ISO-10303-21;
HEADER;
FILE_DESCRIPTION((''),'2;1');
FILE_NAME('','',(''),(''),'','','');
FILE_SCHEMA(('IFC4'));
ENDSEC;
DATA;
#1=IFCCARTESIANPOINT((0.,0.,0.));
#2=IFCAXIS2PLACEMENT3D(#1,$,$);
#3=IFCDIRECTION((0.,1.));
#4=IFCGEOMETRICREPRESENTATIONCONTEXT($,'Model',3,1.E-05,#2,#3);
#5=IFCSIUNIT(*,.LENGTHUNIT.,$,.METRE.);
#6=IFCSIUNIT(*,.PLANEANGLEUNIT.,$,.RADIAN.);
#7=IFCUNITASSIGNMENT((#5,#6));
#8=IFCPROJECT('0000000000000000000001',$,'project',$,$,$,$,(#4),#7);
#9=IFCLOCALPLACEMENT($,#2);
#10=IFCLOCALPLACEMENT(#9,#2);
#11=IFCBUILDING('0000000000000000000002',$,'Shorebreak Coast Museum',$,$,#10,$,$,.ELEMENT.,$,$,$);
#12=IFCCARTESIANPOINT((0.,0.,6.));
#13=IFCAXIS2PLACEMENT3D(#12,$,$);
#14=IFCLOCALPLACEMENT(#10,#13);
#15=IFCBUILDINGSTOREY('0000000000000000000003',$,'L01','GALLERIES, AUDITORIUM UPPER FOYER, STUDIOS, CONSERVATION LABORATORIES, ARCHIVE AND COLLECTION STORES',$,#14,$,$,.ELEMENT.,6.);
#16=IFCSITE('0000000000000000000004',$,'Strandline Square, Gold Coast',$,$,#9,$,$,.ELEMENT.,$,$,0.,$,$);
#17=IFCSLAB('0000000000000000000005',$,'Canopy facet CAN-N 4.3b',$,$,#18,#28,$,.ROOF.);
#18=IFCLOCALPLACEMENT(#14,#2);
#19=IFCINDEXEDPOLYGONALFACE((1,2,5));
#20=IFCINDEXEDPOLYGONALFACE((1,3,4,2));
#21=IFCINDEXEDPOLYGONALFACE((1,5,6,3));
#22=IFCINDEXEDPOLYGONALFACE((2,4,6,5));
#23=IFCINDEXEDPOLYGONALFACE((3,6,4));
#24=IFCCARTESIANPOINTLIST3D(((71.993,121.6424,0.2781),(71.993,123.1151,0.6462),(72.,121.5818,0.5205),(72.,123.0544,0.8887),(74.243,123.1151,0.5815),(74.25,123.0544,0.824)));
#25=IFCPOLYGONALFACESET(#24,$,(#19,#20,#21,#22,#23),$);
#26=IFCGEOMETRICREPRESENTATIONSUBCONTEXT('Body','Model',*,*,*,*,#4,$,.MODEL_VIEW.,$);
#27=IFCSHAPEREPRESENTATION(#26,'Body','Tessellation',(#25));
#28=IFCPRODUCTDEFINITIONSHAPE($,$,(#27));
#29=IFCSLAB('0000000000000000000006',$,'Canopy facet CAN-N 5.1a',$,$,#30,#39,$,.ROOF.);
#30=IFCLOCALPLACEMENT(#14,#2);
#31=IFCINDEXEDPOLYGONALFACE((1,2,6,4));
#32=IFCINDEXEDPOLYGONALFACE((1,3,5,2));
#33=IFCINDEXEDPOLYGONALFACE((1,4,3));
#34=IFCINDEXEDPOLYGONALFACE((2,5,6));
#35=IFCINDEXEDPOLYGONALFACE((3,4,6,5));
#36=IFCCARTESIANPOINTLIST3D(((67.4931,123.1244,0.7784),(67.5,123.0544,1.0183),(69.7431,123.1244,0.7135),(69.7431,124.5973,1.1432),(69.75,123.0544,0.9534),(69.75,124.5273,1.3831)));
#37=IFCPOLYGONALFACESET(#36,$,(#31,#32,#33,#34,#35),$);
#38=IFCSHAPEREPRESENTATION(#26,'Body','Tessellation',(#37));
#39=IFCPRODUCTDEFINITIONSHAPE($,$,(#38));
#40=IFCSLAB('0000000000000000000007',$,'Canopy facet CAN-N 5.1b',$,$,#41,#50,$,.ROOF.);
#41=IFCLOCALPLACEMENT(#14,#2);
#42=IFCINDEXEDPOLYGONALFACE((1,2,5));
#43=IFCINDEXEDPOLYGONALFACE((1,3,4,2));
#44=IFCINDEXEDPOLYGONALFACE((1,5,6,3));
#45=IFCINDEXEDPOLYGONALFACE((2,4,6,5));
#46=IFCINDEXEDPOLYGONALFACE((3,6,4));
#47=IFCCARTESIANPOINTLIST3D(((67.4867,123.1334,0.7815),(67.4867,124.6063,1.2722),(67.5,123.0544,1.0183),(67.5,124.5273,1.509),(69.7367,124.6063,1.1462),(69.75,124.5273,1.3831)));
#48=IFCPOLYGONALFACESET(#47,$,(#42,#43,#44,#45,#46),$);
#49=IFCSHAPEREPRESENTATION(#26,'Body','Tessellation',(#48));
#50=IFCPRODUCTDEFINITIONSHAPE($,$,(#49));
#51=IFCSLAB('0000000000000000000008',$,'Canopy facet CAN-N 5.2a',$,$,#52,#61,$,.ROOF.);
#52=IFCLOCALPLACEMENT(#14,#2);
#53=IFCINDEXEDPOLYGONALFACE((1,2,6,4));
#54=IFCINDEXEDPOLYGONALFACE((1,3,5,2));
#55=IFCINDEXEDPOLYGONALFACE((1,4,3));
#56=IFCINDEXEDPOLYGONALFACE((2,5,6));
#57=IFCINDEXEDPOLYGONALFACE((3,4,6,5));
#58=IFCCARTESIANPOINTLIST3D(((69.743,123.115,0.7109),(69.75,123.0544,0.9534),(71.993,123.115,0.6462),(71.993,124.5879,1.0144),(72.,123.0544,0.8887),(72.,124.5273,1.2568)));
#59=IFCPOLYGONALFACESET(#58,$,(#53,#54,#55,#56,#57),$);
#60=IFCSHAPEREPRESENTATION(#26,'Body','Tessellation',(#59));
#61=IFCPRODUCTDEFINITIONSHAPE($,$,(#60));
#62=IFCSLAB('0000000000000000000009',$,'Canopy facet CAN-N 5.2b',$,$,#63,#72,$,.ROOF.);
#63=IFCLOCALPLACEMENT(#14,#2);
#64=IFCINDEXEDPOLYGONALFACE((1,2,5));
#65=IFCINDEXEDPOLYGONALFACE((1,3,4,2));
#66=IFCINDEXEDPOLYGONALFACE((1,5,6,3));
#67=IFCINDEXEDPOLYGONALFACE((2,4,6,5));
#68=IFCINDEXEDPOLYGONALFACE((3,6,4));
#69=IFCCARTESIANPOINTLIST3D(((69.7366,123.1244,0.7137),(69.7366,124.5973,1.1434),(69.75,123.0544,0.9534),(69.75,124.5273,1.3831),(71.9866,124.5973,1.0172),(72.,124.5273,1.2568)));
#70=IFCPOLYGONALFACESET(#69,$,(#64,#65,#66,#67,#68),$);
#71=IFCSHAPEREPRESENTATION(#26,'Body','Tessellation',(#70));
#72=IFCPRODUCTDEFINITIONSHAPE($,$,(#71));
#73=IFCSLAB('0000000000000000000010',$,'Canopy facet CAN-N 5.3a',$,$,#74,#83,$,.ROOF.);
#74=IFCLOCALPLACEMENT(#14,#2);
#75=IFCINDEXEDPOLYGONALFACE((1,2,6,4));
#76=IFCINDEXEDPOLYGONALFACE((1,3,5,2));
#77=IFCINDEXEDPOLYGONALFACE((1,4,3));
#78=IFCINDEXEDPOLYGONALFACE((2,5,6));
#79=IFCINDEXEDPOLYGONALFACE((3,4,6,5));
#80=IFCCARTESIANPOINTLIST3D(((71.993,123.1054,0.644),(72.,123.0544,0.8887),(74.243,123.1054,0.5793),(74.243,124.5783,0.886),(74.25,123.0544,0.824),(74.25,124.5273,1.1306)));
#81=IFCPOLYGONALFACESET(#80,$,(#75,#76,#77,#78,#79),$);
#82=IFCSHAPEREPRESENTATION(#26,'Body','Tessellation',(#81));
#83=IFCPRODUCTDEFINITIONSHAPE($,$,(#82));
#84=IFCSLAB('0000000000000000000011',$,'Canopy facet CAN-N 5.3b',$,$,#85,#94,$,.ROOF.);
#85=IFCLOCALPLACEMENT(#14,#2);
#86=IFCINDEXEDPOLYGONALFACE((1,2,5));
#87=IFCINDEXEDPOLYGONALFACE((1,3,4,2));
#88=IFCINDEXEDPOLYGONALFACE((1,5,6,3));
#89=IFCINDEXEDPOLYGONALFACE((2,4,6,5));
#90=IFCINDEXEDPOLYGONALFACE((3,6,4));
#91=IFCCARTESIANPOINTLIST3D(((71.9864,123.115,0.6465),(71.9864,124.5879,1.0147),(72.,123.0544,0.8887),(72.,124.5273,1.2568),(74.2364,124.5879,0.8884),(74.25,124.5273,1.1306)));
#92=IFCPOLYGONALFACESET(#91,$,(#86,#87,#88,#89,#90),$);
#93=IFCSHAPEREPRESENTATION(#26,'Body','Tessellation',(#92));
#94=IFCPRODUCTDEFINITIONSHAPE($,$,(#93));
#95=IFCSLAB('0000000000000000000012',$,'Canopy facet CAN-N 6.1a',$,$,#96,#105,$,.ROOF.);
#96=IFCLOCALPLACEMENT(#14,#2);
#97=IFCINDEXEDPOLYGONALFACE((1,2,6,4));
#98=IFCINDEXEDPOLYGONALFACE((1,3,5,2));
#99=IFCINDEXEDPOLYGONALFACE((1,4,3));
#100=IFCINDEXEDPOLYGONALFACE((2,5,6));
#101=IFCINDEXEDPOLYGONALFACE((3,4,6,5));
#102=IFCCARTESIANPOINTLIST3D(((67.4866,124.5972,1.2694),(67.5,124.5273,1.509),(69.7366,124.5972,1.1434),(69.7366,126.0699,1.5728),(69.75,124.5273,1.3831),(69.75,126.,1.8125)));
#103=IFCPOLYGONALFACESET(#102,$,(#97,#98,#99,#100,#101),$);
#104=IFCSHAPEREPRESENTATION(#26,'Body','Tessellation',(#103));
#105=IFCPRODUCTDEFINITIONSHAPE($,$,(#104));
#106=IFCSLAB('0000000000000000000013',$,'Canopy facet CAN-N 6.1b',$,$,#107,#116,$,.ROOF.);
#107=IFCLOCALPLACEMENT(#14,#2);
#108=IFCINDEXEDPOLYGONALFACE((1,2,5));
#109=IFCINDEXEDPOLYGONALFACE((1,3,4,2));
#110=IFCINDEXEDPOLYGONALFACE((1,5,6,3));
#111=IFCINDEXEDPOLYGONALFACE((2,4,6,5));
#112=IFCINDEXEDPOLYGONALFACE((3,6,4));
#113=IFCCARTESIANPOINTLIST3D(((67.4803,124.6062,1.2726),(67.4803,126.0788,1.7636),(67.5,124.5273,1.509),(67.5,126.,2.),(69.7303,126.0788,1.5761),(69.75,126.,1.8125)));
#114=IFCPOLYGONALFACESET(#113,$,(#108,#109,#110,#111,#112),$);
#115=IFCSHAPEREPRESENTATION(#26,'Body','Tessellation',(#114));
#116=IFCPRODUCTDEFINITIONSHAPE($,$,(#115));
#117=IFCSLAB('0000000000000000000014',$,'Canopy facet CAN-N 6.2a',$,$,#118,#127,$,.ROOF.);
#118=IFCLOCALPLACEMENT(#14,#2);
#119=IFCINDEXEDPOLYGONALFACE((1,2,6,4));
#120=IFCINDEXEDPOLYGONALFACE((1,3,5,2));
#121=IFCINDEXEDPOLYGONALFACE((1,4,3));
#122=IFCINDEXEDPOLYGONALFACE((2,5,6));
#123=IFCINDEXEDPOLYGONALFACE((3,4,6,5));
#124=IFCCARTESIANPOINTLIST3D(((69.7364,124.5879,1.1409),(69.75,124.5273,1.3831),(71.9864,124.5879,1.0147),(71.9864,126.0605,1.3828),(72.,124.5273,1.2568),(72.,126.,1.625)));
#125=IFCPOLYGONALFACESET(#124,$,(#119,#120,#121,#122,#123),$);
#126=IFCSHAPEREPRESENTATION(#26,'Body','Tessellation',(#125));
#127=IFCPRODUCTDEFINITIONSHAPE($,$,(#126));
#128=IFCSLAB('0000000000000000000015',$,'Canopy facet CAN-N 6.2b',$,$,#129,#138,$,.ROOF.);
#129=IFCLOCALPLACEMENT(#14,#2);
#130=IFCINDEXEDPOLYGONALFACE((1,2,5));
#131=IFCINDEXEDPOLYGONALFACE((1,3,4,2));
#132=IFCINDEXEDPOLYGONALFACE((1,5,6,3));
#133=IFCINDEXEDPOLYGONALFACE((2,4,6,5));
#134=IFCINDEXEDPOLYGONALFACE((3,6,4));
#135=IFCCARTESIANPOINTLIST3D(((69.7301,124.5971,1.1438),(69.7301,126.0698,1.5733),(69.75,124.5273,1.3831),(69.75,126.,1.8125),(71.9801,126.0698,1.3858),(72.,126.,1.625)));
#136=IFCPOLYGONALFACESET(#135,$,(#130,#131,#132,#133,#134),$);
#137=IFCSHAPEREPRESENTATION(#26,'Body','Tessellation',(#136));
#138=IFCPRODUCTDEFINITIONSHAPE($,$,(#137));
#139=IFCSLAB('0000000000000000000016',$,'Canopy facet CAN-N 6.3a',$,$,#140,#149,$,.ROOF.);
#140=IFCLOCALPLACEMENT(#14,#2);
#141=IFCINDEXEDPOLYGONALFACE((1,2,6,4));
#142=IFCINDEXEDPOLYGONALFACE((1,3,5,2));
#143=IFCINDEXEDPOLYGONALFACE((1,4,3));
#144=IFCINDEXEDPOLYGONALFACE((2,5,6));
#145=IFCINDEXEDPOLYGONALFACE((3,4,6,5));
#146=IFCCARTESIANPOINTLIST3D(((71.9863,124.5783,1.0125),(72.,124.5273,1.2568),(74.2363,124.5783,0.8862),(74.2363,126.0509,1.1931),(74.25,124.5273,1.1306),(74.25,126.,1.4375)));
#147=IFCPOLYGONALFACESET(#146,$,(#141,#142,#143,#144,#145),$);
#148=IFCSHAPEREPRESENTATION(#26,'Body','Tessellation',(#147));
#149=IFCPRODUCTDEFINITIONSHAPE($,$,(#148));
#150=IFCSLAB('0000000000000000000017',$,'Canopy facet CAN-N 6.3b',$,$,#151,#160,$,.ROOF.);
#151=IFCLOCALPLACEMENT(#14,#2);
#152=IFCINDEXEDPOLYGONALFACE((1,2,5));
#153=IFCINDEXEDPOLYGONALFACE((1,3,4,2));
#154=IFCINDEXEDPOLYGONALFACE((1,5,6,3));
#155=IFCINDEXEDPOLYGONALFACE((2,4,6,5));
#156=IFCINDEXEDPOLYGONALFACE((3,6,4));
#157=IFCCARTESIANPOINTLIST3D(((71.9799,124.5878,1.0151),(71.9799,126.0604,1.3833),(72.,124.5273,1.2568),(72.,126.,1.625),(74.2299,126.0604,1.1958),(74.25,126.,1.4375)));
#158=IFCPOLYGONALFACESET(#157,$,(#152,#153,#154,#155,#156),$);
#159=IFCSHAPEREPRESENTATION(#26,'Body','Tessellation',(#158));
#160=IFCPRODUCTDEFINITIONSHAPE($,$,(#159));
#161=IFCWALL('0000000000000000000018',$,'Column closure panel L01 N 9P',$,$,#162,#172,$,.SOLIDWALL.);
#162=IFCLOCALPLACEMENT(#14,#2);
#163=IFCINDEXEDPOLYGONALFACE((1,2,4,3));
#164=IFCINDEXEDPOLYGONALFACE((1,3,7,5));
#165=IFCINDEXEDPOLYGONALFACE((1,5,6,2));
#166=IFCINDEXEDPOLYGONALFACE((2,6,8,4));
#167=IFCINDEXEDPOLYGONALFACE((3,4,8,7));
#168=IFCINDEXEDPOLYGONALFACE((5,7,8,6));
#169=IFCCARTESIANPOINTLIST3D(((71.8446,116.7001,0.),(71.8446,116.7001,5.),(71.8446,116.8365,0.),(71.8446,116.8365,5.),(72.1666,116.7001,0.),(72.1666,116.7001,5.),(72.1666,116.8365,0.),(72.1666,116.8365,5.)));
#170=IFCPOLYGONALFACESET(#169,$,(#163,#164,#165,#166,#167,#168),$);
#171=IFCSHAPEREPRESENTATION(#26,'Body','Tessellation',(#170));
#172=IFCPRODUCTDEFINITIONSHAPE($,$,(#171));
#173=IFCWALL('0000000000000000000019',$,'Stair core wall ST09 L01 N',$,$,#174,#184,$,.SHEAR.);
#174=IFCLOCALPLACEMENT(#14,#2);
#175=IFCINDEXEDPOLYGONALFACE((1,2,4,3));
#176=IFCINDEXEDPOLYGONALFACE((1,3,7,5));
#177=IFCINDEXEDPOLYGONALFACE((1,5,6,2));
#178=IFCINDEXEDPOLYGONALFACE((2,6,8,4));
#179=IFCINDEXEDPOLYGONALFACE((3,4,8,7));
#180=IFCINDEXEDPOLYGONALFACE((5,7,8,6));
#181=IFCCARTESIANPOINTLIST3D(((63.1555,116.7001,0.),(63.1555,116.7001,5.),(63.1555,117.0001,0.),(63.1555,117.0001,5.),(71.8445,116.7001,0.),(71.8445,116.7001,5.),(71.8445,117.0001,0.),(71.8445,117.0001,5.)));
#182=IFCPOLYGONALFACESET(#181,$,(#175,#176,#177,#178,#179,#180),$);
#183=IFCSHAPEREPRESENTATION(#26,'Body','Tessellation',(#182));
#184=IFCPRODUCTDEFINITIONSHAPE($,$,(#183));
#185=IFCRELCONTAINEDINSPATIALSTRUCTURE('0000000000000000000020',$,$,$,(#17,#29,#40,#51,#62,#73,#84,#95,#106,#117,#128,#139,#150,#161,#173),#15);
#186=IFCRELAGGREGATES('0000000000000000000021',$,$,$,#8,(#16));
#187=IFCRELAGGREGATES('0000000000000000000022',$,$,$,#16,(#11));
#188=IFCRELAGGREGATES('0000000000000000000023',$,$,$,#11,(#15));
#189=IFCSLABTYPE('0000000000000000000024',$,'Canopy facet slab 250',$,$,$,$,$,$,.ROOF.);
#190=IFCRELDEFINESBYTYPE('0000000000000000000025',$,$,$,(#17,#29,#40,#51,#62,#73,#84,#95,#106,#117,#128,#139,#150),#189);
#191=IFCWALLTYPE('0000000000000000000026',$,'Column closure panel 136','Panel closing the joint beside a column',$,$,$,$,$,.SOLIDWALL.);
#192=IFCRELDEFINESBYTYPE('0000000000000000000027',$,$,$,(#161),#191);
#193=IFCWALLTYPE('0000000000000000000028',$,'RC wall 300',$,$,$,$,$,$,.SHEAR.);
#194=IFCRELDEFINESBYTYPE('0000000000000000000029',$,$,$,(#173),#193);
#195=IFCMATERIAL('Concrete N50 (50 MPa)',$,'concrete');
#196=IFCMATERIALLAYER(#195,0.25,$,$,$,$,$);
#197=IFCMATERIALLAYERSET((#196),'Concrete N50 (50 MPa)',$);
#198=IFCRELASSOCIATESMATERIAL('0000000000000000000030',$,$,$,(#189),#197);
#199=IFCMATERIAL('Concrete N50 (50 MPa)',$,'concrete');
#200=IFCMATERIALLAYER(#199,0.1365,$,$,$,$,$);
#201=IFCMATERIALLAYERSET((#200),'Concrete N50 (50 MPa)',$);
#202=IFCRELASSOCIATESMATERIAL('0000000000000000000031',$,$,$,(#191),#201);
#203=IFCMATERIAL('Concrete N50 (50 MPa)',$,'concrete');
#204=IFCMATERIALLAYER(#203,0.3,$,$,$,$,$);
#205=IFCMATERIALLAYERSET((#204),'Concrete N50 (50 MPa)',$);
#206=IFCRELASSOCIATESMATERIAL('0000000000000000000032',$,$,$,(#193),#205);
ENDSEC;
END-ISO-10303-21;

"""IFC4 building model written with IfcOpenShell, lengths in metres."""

from ifc_helpers import new_model, si_unit, direction, frame, frame_2d, origin, place, context, subcontext, project, spatial, polyline, rectangle, outline, extrude, material, layer, layer_set, type_object, element, save


model = new_model("IFC4")

# Units and contexts
model_context = context("Model", 3, precision=1e-05, world=origin(), true_north=direction((0.0, 1.0)))
body_context = subcontext(model_context, "Body", "Model", "MODEL_VIEW")
ifc_project = project(units=[si_unit("LENGTHUNIT", "METRE"), si_unit("PLANEANGLEUNIT", "RADIAN")], contexts=[model_context])

# Site, building, storey
site_placement = place(None, origin())
site = spatial("IfcSite", under=ifc_project, at=site_placement, Name="Strandline Square, Gold Coast", CompositionType="ELEMENT", RefElevation=0.0)
building_placement = place(site_placement, origin())
building = spatial("IfcBuilding", under=site, at=building_placement, Name="Shorebreak Coast Museum", CompositionType="ELEMENT")
storey_placement = place(building_placement, frame((0.0, 0.0, 6.0)))
storey = spatial("IfcBuildingStorey", under=building, at=storey_placement, Name="L01", Description="GALLERIES, AUDITORIUM UPPER FOYER, STUDIOS, CONSERVATION LABORATORIES, ARCHIVE AND COLLECTION STORES", CompositionType="ELEMENT", Elevation=6.0)

# Slabs
ifc_material_1 = material(Name="Concrete N50 (50 MPa)", Category="concrete")
ifc_layer_1 = layer(ifc_material_1, 0.25)
ifc_layer_set_1 = layer_set([ifc_layer_1], Name="Concrete N50 (50 MPa)")
slab_type = type_object("IfcSlabType", Name="Canopy facet slab 250", PredefinedType="ROOF", material=ifc_layer_set_1)
slab_1_placement = place(storey_placement, frame((72.0, 121.5818, 0.5205), z_axis=(0.027885, -0.242441, 0.969765), x_axis=(0.831436, 0.544186, 0.112139)))
element("IfcSlab", 1, at=slab_1_placement, inside=storey, type_object=slab_type, Name="Canopy facet CAN-N 4.3b", PredefinedType="ROOF", context=body_context, shape_type="SweptSolid", body=[
    extrude(outline(polyline([(0.0, 0.0), (2.7062, 0.0), (0.8427, 1.2626), (0.0, 0.0)])), origin(), (0.0, 0.0, -1.0), 0.25),
])
slab_2_placement = place(storey_placement, frame((67.5, 123.0544, 1.0183), z_axis=(0.027697, -0.279948, 0.959616), x_axis=(0.999584, 0.0, -0.028851)))
element("IfcSlab", 2, at=slab_2_placement, inside=storey, type_object=slab_type, Name="Canopy facet CAN-N 5.1a", PredefinedType="ROOF", context=body_context, shape_type="SweptSolid", body=[
    extrude(outline(polyline([(0.0, 0.0), (2.2509, 0.0), (2.2385, 1.5342), (0.0, 0.0)])), origin(), (0.0, 0.0, -1.0), 0.25),
])
slab_3_placement = place(storey_placement, frame((67.5, 123.0544, 1.0183), z_axis=(0.053044, -0.315641, 0.947395), x_axis=(0.829081, 0.542735, 0.134402)))
element("IfcSlab", 3, at=slab_3_placement, inside=storey, type_object=slab_type, Name="Canopy facet CAN-N 5.1b", PredefinedType="ROOF", context=body_context, shape_type="SweptSolid", body=[
    extrude(outline(polyline([(0.0, 0.0), (2.7138, 0.0), (0.8653, 1.289), (0.0, 0.0)])), origin(), (0.0, 0.0, -1.0), 0.25),
])
slab_4_placement = place(storey_placement, frame((69.75, 123.0544, 0.9534), z_axis=(0.027885, -0.242403, 0.969775), x_axis=(0.999587, 0.0, -0.028742)))
element("IfcSlab", 4, at=slab_4_placement, inside=storey, type_object=slab_type, Name="Canopy facet CAN-N 5.2a", PredefinedType="ROOF", context=body_context, shape_type="SweptSolid", body=[
    extrude(outline(polyline([(0.0, 0.0), (2.2509, 0.0), (2.2403, 1.5182), (0.0, 0.0)])), origin(), (0.0, 0.0, -1.0), 0.25),
])
slab_5_placement = place(storey_placement, frame((69.75, 123.0544, 0.9534), z_axis=(0.053775, -0.27965, 0.958595), x_axis=(0.831395, 0.54425, 0.112134)))
element("IfcSlab", 5, at=slab_5_placement, inside=storey, type_object=slab_type, Name="Canopy facet CAN-N 5.2b", PredefinedType="ROOF", context=body_context, shape_type="SweptSolid", body=[
    extrude(outline(polyline([(0.0, 0.0), (2.7063, 0.0), (0.8498, 1.2775), (0.0, 0.0)])), origin(), (0.0, 0.0, -1.0), 0.25),
])
slab_6_placement = place(storey_placement, frame((72.0, 123.0544, 0.8887), z_axis=(0.02814, -0.203737, 0.978621), x_axis=(0.999587, 0.0, -0.028742)))
element("IfcSlab", 6, at=slab_6_placement, inside=storey, type_object=slab_type, Name="Canopy facet CAN-N 5.3a", PredefinedType="ROOF", context=body_context, shape_type="SweptSolid", body=[
    extrude(outline(polyline([(0.0, 0.0), (2.2509, 0.0), (2.2421, 1.5045), (0.0, 0.0)])), origin(), (0.0, 0.0, -1.0), 0.25),
])
slab_7_placement = place(storey_placement, frame((72.0, 123.0544, 0.8887), z_axis=(0.054343, -0.242139, 0.968718), x_axis=(0.833306, 0.545501, 0.089606)))
element("IfcSlab", 7, at=slab_7_placement, inside=storey, type_object=slab_type, Name="Canopy facet CAN-N 5.3b", PredefinedType="ROOF", context=body_context, shape_type="SweptSolid", body=[
    extrude(outline(polyline([(0.0, 0.0), (2.7001, 0.0), (0.8365, 1.267), (0.0, 0.0)])), origin(), (0.0, 0.0, -1.0), 0.25),
])
slab_8_placement = place(storey_placement, frame((67.5, 124.5273, 1.509), z_axis=(0.053673, -0.279548, 0.95863), x_axis=(0.998436, 0.0, -0.055902)))
element("IfcSlab", 8, at=slab_8_placement, inside=storey, type_object=slab_type, Name="Canopy facet CAN-N 6.1a", PredefinedType="ROOF", context=body_context, shape_type="SweptSolid", body=[
    extrude(outline(polyline([(0.0, 0.0), (2.2535, 0.0), (2.2295, 1.5338), (0.0, 0.0)])), origin(), (0.0, 0.0, -1.0), 0.25),
])
slab_9_placement = place(storey_placement, frame((67.5, 124.5273, 1.509), z_axis=(0.07881, -0.315291, 0.945717), x_axis=(0.831436, 0.544186, 0.112139)))
element("IfcSlab", 9, at=slab_9_placement, inside=storey, type_object=slab_type, Name="Canopy facet CAN-N 6.1b", PredefinedType="ROOF", context=body_context, shape_type="SweptSolid", body=[
    extrude(outline(polyline([(0.0, 0.0), (2.7062, 0.0), (0.8565, 1.2947), (0.0, 0.0)])), origin(), (0.0, 0.0, -1.0), 0.25),
])
slab_10_placement = place(storey_placement, frame((69.75, 124.5273, 1.3831), z_axis=(0.054343, -0.242177, 0.968709), x_axis=(0.99843, 0.0, -0.05601)))
element("IfcSlab", 10, at=slab_10_placement, inside=storey, type_object=slab_type, Name="Canopy facet CAN-N 6.2a", PredefinedType="ROOF", context=body_context, shape_type="SweptSolid", body=[
    extrude(outline(polyline([(0.0, 0.0), (2.2535, 0.0), (2.2329, 1.5178), (0.0, 0.0)])), origin(), (0.0, 0.0, -1.0), 0.25),
])
slab_11_placement = place(storey_placement, frame((69.75, 124.5273, 1.3831), z_axis=(0.079746, -0.27906, 0.956957), x_axis=(0.833347, 0.545437, 0.08961)))
element("IfcSlab", 11, at=slab_11_placement, inside=storey, type_object=slab_type, Name="Canopy facet CAN-N 6.2b", PredefinedType="ROOF", context=body_context, shape_type="SweptSolid", body=[
    extrude(outline(polyline([(0.0, 0.0), (2.7, 0.0), (0.8417, 1.2824), (0.0, 0.0)])), origin(), (0.0, 0.0, -1.0), 0.25),
])
slab_12_placement = place(storey_placement, frame((72.0, 124.5273, 1.2568), z_axis=(0.054836, -0.203699, 0.977497), x_axis=(0.99843, 0.0, -0.05601)))
element("IfcSlab", 12, at=slab_12_placement, inside=storey, type_object=slab_type, Name="Canopy facet CAN-N 6.3a", PredefinedType="ROOF", context=body_context, shape_type="SweptSolid", body=[
    extrude(outline(polyline([(0.0, 0.0), (2.2535, 0.0), (2.2363, 1.5042), (0.0, 0.0)])), origin(), (0.0, 0.0, -1.0), 0.25),
])
slab_13_placement = place(storey_placement, frame((72.0, 124.5273, 1.2568), z_axis=(0.080582, -0.241747, 0.966988), x_axis=(0.834832, 0.546409, 0.067033)))
element("IfcSlab", 13, at=slab_13_placement, inside=storey, type_object=slab_type, Name="Canopy facet CAN-N 6.3b", PredefinedType="ROOF", context=body_context, shape_type="SweptSolid", body=[
    extrude(outline(polyline([(0.0, 0.0), (2.6952, 0.0), (0.8294, 1.2714), (0.0, 0.0)])), origin(), (0.0, 0.0, -1.0), 0.25),
])

# Walls
ifc_material_2 = material(Name="Concrete N50 (50 MPa)", Category="concrete")
ifc_layer_2 = layer(ifc_material_2, 0.1365)
ifc_layer_set_2 = layer_set([ifc_layer_2], Name="Concrete N50 (50 MPa)")
wall_type_1 = type_object("IfcWallType", Name="Column closure panel 136", Description="Panel closing the joint beside a column", PredefinedType="SOLIDWALL", material=ifc_layer_set_2)
wall_1_placement = place(storey_placement, frame((71.8445, 116.7683, 0.0), z_axis=(0.0, 0.0, 1.0), x_axis=(1.0, 0.0, 0.0)))
element("IfcWall", 14, at=wall_1_placement, inside=storey, type_object=wall_type_1, Name="Column closure panel L01 N 9P", PredefinedType="SOLIDWALL", context=body_context, shape_type="SweptSolid", body=[
    extrude(rectangle(XDim=0.322, YDim=0.1365, at=frame_2d((0.1611, 0.0))), origin(), (0.0, 0.0, 1.0), 5.0),
])
ifc_material_3 = material(Name="Concrete N50 (50 MPa)", Category="concrete")
ifc_layer_3 = layer(ifc_material_3, 0.3)
ifc_layer_set_3 = layer_set([ifc_layer_3], Name="Concrete N50 (50 MPa)")
wall_type_2 = type_object("IfcWallType", Name="RC wall 300", PredefinedType="SHEAR", material=ifc_layer_set_3)
wall_2_placement = place(storey_placement, frame((63.1555, 116.8501, 0.0), z_axis=(0.0, 0.0, 1.0), x_axis=(1.0, 0.0, 0.0)))
element("IfcWall", 15, at=wall_2_placement, inside=storey, type_object=wall_type_2, Name="Stair core wall ST09 L01 N", PredefinedType="SHEAR", context=body_context, shape_type="SweptSolid", body=[
    extrude(rectangle(XDim=8.689, YDim=0.3, at=frame_2d((4.3445, 0.0))), origin(), (0.0, 0.0, 1.0), 5.0),
])

save(model, "model.ifc")
